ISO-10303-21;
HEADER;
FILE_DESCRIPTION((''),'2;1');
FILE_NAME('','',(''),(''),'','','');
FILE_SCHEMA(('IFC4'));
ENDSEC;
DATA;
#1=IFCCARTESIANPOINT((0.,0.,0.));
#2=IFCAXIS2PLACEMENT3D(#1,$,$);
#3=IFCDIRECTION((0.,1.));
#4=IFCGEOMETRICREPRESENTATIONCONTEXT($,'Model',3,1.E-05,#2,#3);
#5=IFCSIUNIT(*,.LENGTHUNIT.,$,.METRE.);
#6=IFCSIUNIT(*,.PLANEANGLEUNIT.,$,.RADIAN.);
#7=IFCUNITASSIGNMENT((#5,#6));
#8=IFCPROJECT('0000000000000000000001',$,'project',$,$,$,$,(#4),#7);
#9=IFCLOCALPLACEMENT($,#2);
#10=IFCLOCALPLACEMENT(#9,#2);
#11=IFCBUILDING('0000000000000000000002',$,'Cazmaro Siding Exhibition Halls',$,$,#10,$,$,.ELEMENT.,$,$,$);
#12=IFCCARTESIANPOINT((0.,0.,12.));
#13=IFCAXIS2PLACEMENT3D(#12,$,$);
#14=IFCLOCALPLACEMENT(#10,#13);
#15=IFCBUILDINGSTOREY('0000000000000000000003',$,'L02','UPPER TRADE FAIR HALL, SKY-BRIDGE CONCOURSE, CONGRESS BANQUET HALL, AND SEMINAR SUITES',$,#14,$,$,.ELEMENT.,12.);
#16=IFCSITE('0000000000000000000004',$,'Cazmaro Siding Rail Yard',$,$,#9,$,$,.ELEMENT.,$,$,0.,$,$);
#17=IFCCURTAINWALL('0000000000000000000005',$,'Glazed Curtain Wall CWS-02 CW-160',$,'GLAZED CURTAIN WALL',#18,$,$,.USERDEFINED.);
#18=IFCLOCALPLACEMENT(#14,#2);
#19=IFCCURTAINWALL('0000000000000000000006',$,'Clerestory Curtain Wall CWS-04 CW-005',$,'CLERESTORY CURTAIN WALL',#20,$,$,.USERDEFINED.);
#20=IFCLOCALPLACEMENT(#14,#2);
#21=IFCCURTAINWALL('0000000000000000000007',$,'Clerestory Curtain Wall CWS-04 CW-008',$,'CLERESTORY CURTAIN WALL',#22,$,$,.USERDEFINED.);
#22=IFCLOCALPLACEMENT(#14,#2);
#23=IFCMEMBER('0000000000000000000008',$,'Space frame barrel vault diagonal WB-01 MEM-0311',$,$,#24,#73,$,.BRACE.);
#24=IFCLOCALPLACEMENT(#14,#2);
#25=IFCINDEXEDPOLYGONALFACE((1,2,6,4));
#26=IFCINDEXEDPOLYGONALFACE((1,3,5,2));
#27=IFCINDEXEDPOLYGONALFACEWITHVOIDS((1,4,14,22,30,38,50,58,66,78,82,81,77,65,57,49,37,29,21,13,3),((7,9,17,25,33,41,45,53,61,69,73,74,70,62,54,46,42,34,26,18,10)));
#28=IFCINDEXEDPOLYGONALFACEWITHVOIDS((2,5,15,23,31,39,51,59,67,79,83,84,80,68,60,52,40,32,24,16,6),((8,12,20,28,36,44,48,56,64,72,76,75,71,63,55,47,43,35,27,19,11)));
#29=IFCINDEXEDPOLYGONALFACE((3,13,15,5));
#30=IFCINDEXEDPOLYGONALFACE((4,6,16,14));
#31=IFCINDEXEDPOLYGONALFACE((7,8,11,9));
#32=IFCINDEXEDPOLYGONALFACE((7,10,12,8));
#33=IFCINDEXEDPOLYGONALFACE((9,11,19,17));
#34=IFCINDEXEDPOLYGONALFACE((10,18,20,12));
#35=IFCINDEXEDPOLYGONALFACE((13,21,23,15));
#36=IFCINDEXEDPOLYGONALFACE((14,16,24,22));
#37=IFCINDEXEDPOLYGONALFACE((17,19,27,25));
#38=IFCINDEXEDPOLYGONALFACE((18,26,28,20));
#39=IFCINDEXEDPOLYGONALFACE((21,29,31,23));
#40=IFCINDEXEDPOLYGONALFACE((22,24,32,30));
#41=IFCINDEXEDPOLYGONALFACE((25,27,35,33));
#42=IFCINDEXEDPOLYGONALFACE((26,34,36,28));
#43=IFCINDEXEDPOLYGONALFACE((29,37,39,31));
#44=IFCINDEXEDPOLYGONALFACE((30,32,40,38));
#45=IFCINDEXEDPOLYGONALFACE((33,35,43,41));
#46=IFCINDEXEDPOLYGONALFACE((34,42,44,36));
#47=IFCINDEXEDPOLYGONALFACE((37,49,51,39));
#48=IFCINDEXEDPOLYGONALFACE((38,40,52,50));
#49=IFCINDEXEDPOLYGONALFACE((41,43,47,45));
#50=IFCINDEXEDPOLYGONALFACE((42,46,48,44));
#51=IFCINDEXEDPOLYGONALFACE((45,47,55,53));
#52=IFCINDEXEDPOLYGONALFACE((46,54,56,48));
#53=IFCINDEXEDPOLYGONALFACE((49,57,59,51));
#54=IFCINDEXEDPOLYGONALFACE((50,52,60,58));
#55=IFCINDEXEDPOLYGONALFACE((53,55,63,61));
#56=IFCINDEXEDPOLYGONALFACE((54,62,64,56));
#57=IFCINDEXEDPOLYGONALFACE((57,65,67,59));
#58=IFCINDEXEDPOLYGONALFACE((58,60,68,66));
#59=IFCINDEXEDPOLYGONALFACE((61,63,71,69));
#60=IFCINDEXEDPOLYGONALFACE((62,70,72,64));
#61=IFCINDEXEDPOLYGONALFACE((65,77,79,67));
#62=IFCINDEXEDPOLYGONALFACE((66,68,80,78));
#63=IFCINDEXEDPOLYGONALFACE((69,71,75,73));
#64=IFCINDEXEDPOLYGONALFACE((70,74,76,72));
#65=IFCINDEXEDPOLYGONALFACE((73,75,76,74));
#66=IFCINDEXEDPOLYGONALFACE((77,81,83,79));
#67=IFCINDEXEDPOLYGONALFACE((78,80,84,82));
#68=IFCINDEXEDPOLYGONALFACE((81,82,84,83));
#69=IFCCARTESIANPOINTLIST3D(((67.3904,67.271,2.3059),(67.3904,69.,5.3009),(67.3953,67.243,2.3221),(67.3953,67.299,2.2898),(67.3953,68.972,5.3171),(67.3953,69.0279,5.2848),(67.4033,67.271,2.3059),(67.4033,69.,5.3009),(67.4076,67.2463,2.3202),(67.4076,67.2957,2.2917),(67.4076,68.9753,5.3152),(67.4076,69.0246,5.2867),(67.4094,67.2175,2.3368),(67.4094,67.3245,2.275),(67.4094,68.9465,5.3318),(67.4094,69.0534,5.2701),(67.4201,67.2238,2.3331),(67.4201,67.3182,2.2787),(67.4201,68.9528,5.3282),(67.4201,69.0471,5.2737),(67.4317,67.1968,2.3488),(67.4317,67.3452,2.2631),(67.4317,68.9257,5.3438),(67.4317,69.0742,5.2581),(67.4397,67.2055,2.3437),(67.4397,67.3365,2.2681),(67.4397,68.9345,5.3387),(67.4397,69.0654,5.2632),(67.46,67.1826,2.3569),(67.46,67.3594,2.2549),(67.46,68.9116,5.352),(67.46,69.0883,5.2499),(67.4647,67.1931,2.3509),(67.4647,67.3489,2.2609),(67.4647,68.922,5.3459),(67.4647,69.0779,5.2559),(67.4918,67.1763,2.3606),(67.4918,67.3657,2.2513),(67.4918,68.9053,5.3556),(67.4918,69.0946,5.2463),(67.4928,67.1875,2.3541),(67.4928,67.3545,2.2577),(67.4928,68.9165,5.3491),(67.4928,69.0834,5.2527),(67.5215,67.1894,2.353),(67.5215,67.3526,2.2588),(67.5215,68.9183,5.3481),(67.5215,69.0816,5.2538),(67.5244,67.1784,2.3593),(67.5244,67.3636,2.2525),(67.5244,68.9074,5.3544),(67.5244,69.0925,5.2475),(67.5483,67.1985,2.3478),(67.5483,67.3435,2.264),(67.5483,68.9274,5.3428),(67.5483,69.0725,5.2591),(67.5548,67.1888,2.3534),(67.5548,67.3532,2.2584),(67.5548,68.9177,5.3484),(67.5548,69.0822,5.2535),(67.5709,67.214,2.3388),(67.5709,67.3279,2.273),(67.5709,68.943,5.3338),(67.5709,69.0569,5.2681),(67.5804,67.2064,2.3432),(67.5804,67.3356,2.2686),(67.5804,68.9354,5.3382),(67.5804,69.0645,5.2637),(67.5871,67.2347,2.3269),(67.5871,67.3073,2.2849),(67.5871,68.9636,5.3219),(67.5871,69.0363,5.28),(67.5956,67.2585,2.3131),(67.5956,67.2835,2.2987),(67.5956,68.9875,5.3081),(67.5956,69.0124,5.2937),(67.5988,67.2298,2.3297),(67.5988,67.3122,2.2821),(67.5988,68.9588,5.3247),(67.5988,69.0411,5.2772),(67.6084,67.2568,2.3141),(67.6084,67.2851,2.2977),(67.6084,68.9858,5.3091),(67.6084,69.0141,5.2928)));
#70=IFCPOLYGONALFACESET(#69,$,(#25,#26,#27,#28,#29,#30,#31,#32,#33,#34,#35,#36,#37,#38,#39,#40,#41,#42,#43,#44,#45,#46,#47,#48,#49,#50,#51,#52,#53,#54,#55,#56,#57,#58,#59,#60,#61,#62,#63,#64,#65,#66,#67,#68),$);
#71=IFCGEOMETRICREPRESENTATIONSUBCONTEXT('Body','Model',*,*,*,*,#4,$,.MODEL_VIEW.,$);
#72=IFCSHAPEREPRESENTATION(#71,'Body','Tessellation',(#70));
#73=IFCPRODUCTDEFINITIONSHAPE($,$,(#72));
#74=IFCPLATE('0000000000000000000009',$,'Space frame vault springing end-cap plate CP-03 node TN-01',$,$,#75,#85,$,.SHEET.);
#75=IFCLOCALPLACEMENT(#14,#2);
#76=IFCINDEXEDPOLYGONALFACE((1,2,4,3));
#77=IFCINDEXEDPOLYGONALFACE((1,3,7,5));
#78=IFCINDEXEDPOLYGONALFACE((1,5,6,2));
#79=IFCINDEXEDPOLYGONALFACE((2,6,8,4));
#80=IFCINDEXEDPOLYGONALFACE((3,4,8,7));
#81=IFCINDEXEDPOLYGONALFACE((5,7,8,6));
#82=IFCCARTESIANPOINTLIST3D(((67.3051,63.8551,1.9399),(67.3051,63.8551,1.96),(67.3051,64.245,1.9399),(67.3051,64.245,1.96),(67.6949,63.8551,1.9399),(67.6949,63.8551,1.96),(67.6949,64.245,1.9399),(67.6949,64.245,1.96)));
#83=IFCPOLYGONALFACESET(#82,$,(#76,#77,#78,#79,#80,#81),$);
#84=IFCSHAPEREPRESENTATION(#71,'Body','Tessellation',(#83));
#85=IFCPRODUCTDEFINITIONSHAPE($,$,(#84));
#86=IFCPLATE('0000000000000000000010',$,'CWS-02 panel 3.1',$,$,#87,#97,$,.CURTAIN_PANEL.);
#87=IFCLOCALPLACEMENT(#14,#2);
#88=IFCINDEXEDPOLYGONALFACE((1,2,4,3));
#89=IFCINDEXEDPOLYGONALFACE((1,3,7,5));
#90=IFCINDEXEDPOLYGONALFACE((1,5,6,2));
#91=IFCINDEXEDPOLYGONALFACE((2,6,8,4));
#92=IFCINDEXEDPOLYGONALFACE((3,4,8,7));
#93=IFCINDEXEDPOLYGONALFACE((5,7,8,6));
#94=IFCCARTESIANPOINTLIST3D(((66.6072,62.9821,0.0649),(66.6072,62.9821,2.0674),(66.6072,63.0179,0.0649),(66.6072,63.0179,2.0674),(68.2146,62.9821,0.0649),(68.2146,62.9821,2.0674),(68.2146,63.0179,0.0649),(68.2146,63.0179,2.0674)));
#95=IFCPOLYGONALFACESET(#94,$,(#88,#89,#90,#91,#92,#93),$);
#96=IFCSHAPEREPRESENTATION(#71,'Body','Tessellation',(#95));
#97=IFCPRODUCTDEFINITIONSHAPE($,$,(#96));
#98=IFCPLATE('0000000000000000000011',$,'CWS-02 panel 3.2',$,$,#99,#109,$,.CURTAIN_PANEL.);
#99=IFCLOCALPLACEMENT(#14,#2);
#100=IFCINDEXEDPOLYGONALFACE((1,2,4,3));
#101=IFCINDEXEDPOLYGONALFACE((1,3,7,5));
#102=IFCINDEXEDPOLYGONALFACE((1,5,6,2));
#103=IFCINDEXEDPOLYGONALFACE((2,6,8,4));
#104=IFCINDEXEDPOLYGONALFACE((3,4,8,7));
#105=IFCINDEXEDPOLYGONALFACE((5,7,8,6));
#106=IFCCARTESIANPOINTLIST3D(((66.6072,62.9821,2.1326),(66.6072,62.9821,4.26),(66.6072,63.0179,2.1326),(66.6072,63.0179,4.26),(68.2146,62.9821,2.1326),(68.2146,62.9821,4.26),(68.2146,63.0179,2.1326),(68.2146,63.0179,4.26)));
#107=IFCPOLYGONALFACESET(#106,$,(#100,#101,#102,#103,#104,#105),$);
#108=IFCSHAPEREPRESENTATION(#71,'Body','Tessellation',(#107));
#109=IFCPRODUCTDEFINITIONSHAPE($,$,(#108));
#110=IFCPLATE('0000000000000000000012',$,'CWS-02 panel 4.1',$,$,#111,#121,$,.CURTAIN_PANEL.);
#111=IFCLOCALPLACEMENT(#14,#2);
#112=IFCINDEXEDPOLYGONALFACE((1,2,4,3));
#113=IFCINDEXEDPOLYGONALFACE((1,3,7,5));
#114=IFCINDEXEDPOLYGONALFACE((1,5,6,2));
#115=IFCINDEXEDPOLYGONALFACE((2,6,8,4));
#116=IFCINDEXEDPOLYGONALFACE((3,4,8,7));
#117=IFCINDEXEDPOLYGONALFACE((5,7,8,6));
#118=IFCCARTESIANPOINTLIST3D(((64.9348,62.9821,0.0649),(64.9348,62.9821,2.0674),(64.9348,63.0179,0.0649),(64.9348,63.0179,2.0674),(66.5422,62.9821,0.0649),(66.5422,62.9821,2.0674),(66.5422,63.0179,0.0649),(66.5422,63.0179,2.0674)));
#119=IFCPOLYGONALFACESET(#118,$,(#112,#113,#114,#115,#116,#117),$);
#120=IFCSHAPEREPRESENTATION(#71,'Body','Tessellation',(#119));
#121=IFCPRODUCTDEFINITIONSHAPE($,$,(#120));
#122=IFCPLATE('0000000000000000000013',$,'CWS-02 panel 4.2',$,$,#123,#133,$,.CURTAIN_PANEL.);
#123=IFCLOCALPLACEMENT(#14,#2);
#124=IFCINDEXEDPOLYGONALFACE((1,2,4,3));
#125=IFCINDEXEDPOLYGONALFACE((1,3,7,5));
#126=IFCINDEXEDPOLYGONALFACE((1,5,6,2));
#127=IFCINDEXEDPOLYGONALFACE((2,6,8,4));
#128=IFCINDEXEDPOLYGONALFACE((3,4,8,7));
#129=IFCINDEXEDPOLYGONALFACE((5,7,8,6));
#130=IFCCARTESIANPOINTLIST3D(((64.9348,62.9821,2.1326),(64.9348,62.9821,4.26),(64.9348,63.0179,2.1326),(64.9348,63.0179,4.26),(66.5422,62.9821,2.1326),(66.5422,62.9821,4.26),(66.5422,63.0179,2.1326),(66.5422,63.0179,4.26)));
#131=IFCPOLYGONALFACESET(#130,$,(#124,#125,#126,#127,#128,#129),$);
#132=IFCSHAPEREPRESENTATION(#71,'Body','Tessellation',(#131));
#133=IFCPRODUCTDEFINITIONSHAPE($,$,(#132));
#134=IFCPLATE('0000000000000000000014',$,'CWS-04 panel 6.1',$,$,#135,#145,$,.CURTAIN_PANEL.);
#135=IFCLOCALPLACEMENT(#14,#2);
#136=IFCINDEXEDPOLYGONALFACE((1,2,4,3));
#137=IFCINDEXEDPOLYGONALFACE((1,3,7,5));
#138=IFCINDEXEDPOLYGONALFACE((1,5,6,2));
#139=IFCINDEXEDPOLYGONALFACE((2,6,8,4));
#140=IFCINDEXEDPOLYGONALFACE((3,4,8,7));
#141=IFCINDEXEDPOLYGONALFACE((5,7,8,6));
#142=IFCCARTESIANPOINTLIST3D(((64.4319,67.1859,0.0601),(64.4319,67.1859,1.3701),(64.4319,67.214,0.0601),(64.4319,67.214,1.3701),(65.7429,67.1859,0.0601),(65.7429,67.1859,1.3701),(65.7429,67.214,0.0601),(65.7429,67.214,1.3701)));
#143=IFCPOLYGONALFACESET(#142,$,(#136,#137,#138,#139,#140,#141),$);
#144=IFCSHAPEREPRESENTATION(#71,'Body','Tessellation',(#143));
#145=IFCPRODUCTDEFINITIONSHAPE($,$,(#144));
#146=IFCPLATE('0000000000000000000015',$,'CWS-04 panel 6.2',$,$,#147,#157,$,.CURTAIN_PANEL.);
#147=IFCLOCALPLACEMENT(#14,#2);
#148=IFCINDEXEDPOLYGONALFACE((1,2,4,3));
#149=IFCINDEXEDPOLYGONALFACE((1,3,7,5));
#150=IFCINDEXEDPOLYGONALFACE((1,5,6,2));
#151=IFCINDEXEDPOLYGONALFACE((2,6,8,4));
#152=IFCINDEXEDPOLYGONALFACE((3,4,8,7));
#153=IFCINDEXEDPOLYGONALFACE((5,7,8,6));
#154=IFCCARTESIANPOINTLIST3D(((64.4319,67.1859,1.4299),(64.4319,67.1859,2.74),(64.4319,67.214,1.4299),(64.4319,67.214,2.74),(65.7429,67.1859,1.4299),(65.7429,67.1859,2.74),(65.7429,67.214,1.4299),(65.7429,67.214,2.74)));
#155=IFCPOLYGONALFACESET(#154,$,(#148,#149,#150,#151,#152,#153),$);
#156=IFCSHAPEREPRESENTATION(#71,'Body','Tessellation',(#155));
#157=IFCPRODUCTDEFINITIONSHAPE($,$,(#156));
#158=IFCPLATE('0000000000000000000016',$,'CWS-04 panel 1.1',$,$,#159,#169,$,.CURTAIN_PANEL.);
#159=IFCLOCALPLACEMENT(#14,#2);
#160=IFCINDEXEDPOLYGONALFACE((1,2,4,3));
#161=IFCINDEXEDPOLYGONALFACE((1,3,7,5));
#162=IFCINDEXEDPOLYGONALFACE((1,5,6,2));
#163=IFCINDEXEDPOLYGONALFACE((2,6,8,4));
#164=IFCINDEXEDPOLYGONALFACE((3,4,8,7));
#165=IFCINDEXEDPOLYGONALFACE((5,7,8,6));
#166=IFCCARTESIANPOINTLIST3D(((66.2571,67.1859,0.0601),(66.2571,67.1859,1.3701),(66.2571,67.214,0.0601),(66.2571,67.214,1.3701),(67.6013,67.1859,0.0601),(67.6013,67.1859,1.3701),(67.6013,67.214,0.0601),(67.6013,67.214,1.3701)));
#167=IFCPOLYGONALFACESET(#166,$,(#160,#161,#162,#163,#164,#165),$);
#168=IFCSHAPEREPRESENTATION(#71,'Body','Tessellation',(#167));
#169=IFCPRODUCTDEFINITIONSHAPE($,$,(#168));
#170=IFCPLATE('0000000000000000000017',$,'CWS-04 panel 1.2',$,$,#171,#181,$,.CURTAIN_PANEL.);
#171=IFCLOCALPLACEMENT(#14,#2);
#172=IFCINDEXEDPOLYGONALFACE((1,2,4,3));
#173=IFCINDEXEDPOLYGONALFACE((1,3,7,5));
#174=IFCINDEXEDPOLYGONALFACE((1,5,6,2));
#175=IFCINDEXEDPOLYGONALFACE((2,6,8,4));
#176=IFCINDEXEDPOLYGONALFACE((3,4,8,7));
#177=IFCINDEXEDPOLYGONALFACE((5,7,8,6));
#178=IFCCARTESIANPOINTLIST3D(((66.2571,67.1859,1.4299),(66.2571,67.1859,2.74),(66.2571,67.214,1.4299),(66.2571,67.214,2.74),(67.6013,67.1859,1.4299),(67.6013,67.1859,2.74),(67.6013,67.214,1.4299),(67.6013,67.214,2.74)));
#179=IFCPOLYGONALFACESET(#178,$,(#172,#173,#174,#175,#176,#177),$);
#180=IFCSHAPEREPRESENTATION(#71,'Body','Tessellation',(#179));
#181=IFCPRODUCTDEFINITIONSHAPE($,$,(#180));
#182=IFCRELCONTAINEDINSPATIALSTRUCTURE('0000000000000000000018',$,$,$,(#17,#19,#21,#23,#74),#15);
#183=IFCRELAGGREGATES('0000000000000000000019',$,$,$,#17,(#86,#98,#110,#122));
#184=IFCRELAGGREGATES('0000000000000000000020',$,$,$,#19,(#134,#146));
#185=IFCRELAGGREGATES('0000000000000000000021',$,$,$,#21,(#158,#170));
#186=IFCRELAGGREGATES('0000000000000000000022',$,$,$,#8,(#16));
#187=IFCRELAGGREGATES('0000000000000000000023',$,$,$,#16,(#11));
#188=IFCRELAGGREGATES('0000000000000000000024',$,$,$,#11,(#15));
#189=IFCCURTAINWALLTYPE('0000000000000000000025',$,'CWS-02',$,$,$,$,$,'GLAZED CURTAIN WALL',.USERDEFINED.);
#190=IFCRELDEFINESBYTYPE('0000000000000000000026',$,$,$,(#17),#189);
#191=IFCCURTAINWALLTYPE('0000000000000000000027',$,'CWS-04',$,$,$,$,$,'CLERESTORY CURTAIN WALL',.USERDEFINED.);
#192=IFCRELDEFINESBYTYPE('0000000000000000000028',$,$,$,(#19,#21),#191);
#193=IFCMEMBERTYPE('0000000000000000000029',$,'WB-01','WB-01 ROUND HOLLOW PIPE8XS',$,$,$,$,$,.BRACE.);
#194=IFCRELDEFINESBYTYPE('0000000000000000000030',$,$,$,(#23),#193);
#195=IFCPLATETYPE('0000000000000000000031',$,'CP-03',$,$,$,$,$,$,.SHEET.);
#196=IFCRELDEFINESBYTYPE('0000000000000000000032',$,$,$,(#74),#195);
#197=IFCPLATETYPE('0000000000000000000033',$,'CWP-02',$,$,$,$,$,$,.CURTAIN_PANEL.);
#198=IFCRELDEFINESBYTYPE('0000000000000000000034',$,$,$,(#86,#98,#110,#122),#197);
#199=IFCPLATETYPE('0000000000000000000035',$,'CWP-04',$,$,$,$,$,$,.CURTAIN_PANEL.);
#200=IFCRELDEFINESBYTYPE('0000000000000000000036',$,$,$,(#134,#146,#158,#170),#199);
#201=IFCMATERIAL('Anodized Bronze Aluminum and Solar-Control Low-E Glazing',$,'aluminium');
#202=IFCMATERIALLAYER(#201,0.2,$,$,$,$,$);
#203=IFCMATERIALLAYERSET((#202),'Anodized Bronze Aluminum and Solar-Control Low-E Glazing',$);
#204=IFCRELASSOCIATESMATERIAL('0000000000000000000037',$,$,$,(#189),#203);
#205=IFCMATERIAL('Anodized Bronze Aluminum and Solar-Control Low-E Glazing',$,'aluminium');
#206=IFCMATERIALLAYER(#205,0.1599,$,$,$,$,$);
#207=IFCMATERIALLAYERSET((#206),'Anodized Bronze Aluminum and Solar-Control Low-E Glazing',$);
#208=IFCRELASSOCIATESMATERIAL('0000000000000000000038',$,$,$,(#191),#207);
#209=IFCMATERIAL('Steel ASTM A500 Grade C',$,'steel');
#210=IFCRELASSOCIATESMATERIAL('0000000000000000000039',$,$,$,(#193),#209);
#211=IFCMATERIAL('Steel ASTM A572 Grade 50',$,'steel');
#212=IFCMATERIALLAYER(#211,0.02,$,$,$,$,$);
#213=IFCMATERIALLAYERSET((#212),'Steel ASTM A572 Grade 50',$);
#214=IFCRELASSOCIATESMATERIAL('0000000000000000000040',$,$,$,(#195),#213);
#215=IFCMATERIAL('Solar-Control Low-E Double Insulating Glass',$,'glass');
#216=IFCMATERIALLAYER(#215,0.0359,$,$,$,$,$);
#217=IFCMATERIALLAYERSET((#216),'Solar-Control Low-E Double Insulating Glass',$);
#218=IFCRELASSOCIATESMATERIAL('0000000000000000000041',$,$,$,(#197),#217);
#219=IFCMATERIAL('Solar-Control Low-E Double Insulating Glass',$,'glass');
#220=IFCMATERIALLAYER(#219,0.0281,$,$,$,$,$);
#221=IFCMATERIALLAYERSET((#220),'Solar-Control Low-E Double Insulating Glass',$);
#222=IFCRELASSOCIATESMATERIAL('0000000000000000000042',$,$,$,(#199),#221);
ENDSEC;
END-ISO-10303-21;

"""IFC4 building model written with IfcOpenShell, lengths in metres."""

from ifc_helpers import new_model, si_unit, direction, frame, origin, origin_2d, place, context, subcontext, project, spatial, rectangle, hollow_circle, extrude, material, layer, layer_set, material_profile, profile_set, type_object, element, aggregate, save


model = new_model("IFC4")

# Units and contexts
model_context = context("Model", 3, precision=1e-05, world=origin(), true_north=direction((0.0, 1.0)))
body_context = subcontext(model_context, "Body", "Model", "MODEL_VIEW")
ifc_project = project(units=[si_unit("LENGTHUNIT", "METRE"), si_unit("PLANEANGLEUNIT", "RADIAN")], contexts=[model_context])

# Site, building, storey
site_placement = place(None, origin())
site = spatial("IfcSite", under=ifc_project, at=site_placement, Name="Cazmaro Siding Rail Yard", CompositionType="ELEMENT", RefElevation=0.0)
building_placement = place(site_placement, origin())
building = spatial("IfcBuilding", under=site, at=building_placement, Name="Cazmaro Siding Exhibition Halls", CompositionType="ELEMENT")
storey_placement = place(building_placement, frame((0.0, 0.0, 12.0)))
storey = spatial("IfcBuildingStorey", under=building, at=storey_placement, Name="L02", Description="UPPER TRADE FAIR HALL, SKY-BRIDGE CONCOURSE, CONGRESS BANQUET HALL, AND SEMINAR SUITES", CompositionType="ELEMENT", Elevation=12.0)

# Curtain wall
ifc_material_1 = material(Name="Anodized Bronze Aluminum and Solar-Control Low-E Glazing", Category="aluminium")
ifc_layer_1 = layer(ifc_material_1, 0.2)
ifc_layer_set_1 = layer_set([ifc_layer_1], Name="Anodized Bronze Aluminum and Solar-Control Low-E Glazing")
curtain_wall_type_1 = type_object("IfcCurtainWallType", Name="CWS-02", ElementType="GLAZED CURTAIN WALL", PredefinedType="USERDEFINED", material=ifc_layer_set_1)
curtain_wall_1_placement = place(storey_placement, origin())
curtain_wall_1 = element("IfcCurtainWall", 1, at=curtain_wall_1_placement, inside=storey, type_object=curtain_wall_type_1, Name="Glazed Curtain Wall CWS-02 CW-160", ObjectType="GLAZED CURTAIN WALL", PredefinedType="USERDEFINED")

# Curtain walls
ifc_material_2 = material(Name="Anodized Bronze Aluminum and Solar-Control Low-E Glazing", Category="aluminium")
ifc_layer_2 = layer(ifc_material_2, 0.1599)
ifc_layer_set_2 = layer_set([ifc_layer_2], Name="Anodized Bronze Aluminum and Solar-Control Low-E Glazing")
curtain_wall_type_2 = type_object("IfcCurtainWallType", Name="CWS-04", ElementType="CLERESTORY CURTAIN WALL", PredefinedType="USERDEFINED", material=ifc_layer_set_2)
curtain_wall_2_placement = place(storey_placement, origin())
curtain_wall_2 = element("IfcCurtainWall", 2, at=curtain_wall_2_placement, inside=storey, type_object=curtain_wall_type_2, Name="Clerestory Curtain Wall CWS-04 CW-005", ObjectType="CLERESTORY CURTAIN WALL", PredefinedType="USERDEFINED")
curtain_wall_3_placement = place(storey_placement, origin())
curtain_wall_3 = element("IfcCurtainWall", 3, at=curtain_wall_3_placement, inside=storey, type_object=curtain_wall_type_2, Name="Clerestory Curtain Wall CWS-04 CW-008", ObjectType="CLERESTORY CURTAIN WALL", PredefinedType="USERDEFINED")

# Member
ifc_material_3 = material(Name="Steel ASTM A500 Grade C", Category="steel")
ifc_material_profile_1 = material_profile(ifc_material_3, hollow_circle(Radius=0.1096, WallThickness=0.0129, at=origin_2d()), Name="PIPE8XS")
ifc_profile_set_1 = profile_set([ifc_material_profile_1], Name="Steel ASTM A500 Grade C")
member_type_1 = type_object("IfcMemberType", Name="WB-01", Description="WB-01 ROUND HOLLOW PIPE8XS", PredefinedType="BRACE", material=ifc_profile_set_1)
member_1_placement = place(storey_placement, frame((67.5, 67.271, 2.3059), z_axis=(0.0, 0.499951, 0.866054), x_axis=(-1.0, 0.0, 0.0)))
element("IfcMember", 4, at=member_1_placement, inside=storey, type_object=member_type_1, Name="Space frame barrel vault diagonal WB-01 MEM-0311", PredefinedType="BRACE", context=body_context, shape_type="SweptSolid", body=[
    extrude(hollow_circle(Radius=0.1096, WallThickness=0.0129, at=origin_2d()), origin(), (0.0, 0.0, 1.0), 3.4583),
])

# Plates
ifc_material_4 = material(Name="Steel ASTM A572 Grade 50", Category="steel")
ifc_layer_3 = layer(ifc_material_4, 0.02)
ifc_layer_set_3 = layer_set([ifc_layer_3], Name="Steel ASTM A572 Grade 50")
plate_type_1 = type_object("IfcPlateType", Name="CP-03", PredefinedType="SHEET", material=ifc_layer_set_3)
plate_1_placement = place(storey_placement, frame((67.5, 64.05, 1.9399), z_axis=(0.0, 0.0, 1.0), x_axis=(1.0, 0.0, 0.0)))
element("IfcPlate", 5, at=plate_1_placement, inside=storey, type_object=plate_type_1, Name="Space frame vault springing end-cap plate CP-03 node TN-01", PredefinedType="SHEET", context=body_context, shape_type="SweptSolid", body=[
    extrude(rectangle(XDim=0.3899, YDim=0.3899, at=origin_2d()), origin(), (0.0, 0.0, 1.0), 0.02),
])
ifc_material_5 = material(Name="Solar-Control Low-E Double Insulating Glass", Category="glass")
ifc_layer_4 = layer(ifc_material_5, 0.0359)
ifc_layer_set_4 = layer_set([ifc_layer_4], Name="Solar-Control Low-E Double Insulating Glass")
plate_type_2 = type_object("IfcPlateType", Name="CWP-02", PredefinedType="CURTAIN_PANEL", material=ifc_layer_set_4)
plate_2_placement = place(storey_placement, frame((67.4109, 63.0, 0.0649), z_axis=(0.0, 0.0, 1.0), x_axis=(-1.0, 0.0, 0.0)))
plate_2 = element("IfcPlate", 6, at=plate_2_placement, type_object=plate_type_2, Name="CWS-02 panel 3.1", PredefinedType="CURTAIN_PANEL", context=body_context, shape_type="SweptSolid", body=[
    extrude(rectangle(XDim=1.6074, YDim=0.0359, at=origin_2d()), origin(), (0.0, 0.0, 1.0), 2.0024),
])
plate_3_placement = place(storey_placement, frame((67.4109, 63.0, 2.1326), z_axis=(0.0, 0.0, 1.0), x_axis=(-1.0, 0.0, 0.0)))
plate_3 = element("IfcPlate", 7, at=plate_3_placement, type_object=plate_type_2, Name="CWS-02 panel 3.2", PredefinedType="CURTAIN_PANEL", context=body_context, shape_type="SweptSolid", body=[
    extrude(rectangle(XDim=1.6074, YDim=0.0359, at=origin_2d()), origin(), (0.0, 0.0, 1.0), 2.1274),
])
plate_4_placement = place(storey_placement, frame((65.7385, 63.0, 0.0649), z_axis=(0.0, 0.0, 1.0), x_axis=(-1.0, 0.0, 0.0)))
plate_4 = element("IfcPlate", 8, at=plate_4_placement, type_object=plate_type_2, Name="CWS-02 panel 4.1", PredefinedType="CURTAIN_PANEL", context=body_context, shape_type="SweptSolid", body=[
    extrude(rectangle(XDim=1.6074, YDim=0.0359, at=origin_2d()), origin(), (0.0, 0.0, 1.0), 2.0024),
])
plate_5_placement = place(storey_placement, frame((65.7385, 63.0, 2.1326), z_axis=(0.0, 0.0, 1.0), x_axis=(-1.0, 0.0, 0.0)))
plate_5 = element("IfcPlate", 9, at=plate_5_placement, type_object=plate_type_2, Name="CWS-02 panel 4.2", PredefinedType="CURTAIN_PANEL", context=body_context, shape_type="SweptSolid", body=[
    extrude(rectangle(XDim=1.6074, YDim=0.0359, at=origin_2d()), origin(), (0.0, 0.0, 1.0), 2.1274),
])
aggregate(curtain_wall_1, [plate_2, plate_3, plate_4, plate_5])
ifc_material_6 = material(Name="Solar-Control Low-E Double Insulating Glass", Category="glass")
ifc_layer_5 = layer(ifc_material_6, 0.0281)
ifc_layer_set_5 = layer_set([ifc_layer_5], Name="Solar-Control Low-E Double Insulating Glass")
plate_type_3 = type_object("IfcPlateType", Name="CWP-04", PredefinedType="CURTAIN_PANEL", material=ifc_layer_set_5)
plate_6_placement = place(storey_placement, frame((65.0874, 67.2, 0.0601), z_axis=(0.0, 0.0, 1.0), x_axis=(1.0, 0.0, 0.0)))
plate_6 = element("IfcPlate", 10, at=plate_6_placement, type_object=plate_type_3, Name="CWS-04 panel 6.1", PredefinedType="CURTAIN_PANEL", context=body_context, shape_type="SweptSolid", body=[
    extrude(rectangle(XDim=1.311, YDim=0.0281, at=origin_2d()), origin(), (0.0, 0.0, 1.0), 1.3101),
])
plate_7_placement = place(storey_placement, frame((65.0874, 67.2, 1.4299), z_axis=(0.0, 0.0, 1.0), x_axis=(1.0, 0.0, 0.0)))
plate_7 = element("IfcPlate", 11, at=plate_7_placement, type_object=plate_type_3, Name="CWS-04 panel 6.2", PredefinedType="CURTAIN_PANEL", context=body_context, shape_type="SweptSolid", body=[
    extrude(rectangle(XDim=1.311, YDim=0.0281, at=origin_2d()), origin(), (0.0, 0.0, 1.0), 1.3101),
])
aggregate(curtain_wall_2, [plate_6, plate_7])
plate_8_placement = place(storey_placement, frame((66.9292, 67.2, 0.0601), z_axis=(0.0, 0.0, 1.0), x_axis=(1.0, 0.0, 0.0)))
plate_8 = element("IfcPlate", 12, at=plate_8_placement, type_object=plate_type_3, Name="CWS-04 panel 1.1", PredefinedType="CURTAIN_PANEL", context=body_context, shape_type="SweptSolid", body=[
    extrude(rectangle(XDim=1.3442, YDim=0.0281, at=origin_2d()), origin(), (0.0, 0.0, 1.0), 1.3101),
])
plate_9_placement = place(storey_placement, frame((66.9292, 67.2, 1.4299), z_axis=(0.0, 0.0, 1.0), x_axis=(1.0, 0.0, 0.0)))
plate_9 = element("IfcPlate", 13, at=plate_9_placement, type_object=plate_type_3, Name="CWS-04 panel 1.2", PredefinedType="CURTAIN_PANEL", context=body_context, shape_type="SweptSolid", body=[
    extrude(rectangle(XDim=1.3442, YDim=0.0281, at=origin_2d()), origin(), (0.0, 0.0, 1.0), 1.3101),
])
aggregate(curtain_wall_3, [plate_8, plate_9])

save(model, "model.ifc")
